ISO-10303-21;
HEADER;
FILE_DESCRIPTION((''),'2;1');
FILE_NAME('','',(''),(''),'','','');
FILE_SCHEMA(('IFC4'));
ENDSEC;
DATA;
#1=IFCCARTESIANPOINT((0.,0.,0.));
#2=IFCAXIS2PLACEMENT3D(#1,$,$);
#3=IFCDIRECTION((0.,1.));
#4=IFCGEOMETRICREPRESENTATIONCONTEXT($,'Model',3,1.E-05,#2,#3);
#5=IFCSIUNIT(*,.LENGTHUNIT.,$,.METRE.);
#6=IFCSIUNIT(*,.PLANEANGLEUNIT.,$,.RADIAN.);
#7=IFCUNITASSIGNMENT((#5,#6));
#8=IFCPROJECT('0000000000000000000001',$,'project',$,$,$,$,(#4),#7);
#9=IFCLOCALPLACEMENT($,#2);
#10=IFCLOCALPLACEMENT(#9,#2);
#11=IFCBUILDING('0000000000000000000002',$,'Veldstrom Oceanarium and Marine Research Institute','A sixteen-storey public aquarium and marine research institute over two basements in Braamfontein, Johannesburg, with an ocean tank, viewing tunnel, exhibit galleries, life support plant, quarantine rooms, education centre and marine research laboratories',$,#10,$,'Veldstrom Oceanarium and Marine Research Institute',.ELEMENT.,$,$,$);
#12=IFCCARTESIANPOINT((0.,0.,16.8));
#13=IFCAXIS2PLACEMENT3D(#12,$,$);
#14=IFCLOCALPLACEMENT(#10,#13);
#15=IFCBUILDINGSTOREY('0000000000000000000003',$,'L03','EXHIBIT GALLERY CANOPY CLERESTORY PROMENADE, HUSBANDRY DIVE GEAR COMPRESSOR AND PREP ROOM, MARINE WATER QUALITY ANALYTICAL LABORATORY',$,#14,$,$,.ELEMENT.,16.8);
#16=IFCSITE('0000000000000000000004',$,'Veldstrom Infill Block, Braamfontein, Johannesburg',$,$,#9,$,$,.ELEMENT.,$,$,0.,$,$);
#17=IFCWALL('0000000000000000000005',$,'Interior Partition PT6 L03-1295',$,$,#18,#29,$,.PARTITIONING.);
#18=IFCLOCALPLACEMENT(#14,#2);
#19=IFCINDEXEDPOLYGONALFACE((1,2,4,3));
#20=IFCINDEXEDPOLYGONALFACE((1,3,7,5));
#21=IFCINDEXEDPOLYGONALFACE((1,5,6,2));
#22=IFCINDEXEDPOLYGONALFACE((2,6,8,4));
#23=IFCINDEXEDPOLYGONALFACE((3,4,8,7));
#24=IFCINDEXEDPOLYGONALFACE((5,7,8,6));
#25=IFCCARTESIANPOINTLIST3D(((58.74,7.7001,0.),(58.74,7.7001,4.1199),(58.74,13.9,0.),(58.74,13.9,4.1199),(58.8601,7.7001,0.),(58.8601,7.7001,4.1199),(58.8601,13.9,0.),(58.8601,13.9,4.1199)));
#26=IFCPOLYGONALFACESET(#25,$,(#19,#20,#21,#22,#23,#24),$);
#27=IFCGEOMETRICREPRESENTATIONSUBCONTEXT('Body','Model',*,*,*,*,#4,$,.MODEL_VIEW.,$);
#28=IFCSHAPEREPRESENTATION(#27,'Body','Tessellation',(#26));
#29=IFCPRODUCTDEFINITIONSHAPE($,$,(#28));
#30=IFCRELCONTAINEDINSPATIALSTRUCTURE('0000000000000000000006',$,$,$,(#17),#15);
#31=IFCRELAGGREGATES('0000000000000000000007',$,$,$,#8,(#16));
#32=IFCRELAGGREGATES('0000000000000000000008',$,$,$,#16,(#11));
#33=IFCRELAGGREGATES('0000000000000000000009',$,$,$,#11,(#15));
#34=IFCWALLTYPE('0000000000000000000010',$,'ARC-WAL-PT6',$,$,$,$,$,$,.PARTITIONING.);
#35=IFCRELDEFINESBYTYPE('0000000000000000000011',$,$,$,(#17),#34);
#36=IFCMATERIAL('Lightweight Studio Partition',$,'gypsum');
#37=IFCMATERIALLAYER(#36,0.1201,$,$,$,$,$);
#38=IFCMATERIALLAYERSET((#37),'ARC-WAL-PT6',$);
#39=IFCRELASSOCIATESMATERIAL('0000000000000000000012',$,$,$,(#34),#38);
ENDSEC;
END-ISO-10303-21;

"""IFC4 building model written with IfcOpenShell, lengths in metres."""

from ifc_helpers import new_model, si_unit, direction, frame, frame_2d, origin, place, context, subcontext, project, spatial, rectangle, extrude, material, layer, layer_set, type_object, element, save


model = new_model("IFC4")

# Units and contexts
model_context = context("Model", 3, precision=1e-05, world=origin(), true_north=direction((0.0, 1.0)))
body_context = subcontext(model_context, "Body", "Model", "MODEL_VIEW")
ifc_project = project(units=[si_unit("LENGTHUNIT", "METRE"), si_unit("PLANEANGLEUNIT", "RADIAN")], contexts=[model_context])

# Site, building, storey
site_placement = place(None, origin())
site = spatial("IfcSite", under=ifc_project, at=site_placement, Name="Veldstrom Infill Block, Braamfontein, Johannesburg", CompositionType="ELEMENT", RefElevation=0.0)
building_placement = place(site_placement, origin())
building = spatial("IfcBuilding", under=site, at=building_placement, Name="Veldstrom Oceanarium and Marine Research Institute", Description="A sixteen-storey public aquarium and marine research institute over two basements in Braamfontein, Johannesburg, with an ocean tank, viewing tunnel, exhibit galleries, life support plant, quarantine rooms, education centre and marine research laboratories", LongName="Veldstrom Oceanarium and Marine Research Institute", CompositionType="ELEMENT")
storey_placement = place(building_placement, frame((0.0, 0.0, 16.8)))
storey = spatial("IfcBuildingStorey", under=building, at=storey_placement, Name="L03", Description="EXHIBIT GALLERY CANOPY CLERESTORY PROMENADE, HUSBANDRY DIVE GEAR COMPRESSOR AND PREP ROOM, MARINE WATER QUALITY ANALYTICAL LABORATORY", CompositionType="ELEMENT", Elevation=16.8)

# Wall
ifc_material_1 = material(Name="Lightweight Studio Partition", Category="gypsum")
ifc_layer_1 = layer(ifc_material_1, 0.1201)
ifc_layer_set_1 = layer_set([ifc_layer_1], Name="ARC-WAL-PT6")
wall_type_1 = type_object("IfcWallType", Name="ARC-WAL-PT6", PredefinedType="PARTITIONING", material=ifc_layer_set_1)
wall_1_placement = place(storey_placement, frame((58.8, 7.7, 0.0), z_axis=(0.0, 0.0, 1.0), x_axis=(0.0, 1.0, 0.0)))
element("IfcWall", 1, at=wall_1_placement, inside=storey, type_object=wall_type_1, Name="Interior Partition PT6 L03-1295", PredefinedType="PARTITIONING", context=body_context, shape_type="SweptSolid", body=[
    extrude(rectangle(XDim=6.2, YDim=0.1201, at=frame_2d((3.1001, 0.0))), origin(), (0.0, 0.0, 1.0), 4.1199),
])

save(model, "model.ifc")
